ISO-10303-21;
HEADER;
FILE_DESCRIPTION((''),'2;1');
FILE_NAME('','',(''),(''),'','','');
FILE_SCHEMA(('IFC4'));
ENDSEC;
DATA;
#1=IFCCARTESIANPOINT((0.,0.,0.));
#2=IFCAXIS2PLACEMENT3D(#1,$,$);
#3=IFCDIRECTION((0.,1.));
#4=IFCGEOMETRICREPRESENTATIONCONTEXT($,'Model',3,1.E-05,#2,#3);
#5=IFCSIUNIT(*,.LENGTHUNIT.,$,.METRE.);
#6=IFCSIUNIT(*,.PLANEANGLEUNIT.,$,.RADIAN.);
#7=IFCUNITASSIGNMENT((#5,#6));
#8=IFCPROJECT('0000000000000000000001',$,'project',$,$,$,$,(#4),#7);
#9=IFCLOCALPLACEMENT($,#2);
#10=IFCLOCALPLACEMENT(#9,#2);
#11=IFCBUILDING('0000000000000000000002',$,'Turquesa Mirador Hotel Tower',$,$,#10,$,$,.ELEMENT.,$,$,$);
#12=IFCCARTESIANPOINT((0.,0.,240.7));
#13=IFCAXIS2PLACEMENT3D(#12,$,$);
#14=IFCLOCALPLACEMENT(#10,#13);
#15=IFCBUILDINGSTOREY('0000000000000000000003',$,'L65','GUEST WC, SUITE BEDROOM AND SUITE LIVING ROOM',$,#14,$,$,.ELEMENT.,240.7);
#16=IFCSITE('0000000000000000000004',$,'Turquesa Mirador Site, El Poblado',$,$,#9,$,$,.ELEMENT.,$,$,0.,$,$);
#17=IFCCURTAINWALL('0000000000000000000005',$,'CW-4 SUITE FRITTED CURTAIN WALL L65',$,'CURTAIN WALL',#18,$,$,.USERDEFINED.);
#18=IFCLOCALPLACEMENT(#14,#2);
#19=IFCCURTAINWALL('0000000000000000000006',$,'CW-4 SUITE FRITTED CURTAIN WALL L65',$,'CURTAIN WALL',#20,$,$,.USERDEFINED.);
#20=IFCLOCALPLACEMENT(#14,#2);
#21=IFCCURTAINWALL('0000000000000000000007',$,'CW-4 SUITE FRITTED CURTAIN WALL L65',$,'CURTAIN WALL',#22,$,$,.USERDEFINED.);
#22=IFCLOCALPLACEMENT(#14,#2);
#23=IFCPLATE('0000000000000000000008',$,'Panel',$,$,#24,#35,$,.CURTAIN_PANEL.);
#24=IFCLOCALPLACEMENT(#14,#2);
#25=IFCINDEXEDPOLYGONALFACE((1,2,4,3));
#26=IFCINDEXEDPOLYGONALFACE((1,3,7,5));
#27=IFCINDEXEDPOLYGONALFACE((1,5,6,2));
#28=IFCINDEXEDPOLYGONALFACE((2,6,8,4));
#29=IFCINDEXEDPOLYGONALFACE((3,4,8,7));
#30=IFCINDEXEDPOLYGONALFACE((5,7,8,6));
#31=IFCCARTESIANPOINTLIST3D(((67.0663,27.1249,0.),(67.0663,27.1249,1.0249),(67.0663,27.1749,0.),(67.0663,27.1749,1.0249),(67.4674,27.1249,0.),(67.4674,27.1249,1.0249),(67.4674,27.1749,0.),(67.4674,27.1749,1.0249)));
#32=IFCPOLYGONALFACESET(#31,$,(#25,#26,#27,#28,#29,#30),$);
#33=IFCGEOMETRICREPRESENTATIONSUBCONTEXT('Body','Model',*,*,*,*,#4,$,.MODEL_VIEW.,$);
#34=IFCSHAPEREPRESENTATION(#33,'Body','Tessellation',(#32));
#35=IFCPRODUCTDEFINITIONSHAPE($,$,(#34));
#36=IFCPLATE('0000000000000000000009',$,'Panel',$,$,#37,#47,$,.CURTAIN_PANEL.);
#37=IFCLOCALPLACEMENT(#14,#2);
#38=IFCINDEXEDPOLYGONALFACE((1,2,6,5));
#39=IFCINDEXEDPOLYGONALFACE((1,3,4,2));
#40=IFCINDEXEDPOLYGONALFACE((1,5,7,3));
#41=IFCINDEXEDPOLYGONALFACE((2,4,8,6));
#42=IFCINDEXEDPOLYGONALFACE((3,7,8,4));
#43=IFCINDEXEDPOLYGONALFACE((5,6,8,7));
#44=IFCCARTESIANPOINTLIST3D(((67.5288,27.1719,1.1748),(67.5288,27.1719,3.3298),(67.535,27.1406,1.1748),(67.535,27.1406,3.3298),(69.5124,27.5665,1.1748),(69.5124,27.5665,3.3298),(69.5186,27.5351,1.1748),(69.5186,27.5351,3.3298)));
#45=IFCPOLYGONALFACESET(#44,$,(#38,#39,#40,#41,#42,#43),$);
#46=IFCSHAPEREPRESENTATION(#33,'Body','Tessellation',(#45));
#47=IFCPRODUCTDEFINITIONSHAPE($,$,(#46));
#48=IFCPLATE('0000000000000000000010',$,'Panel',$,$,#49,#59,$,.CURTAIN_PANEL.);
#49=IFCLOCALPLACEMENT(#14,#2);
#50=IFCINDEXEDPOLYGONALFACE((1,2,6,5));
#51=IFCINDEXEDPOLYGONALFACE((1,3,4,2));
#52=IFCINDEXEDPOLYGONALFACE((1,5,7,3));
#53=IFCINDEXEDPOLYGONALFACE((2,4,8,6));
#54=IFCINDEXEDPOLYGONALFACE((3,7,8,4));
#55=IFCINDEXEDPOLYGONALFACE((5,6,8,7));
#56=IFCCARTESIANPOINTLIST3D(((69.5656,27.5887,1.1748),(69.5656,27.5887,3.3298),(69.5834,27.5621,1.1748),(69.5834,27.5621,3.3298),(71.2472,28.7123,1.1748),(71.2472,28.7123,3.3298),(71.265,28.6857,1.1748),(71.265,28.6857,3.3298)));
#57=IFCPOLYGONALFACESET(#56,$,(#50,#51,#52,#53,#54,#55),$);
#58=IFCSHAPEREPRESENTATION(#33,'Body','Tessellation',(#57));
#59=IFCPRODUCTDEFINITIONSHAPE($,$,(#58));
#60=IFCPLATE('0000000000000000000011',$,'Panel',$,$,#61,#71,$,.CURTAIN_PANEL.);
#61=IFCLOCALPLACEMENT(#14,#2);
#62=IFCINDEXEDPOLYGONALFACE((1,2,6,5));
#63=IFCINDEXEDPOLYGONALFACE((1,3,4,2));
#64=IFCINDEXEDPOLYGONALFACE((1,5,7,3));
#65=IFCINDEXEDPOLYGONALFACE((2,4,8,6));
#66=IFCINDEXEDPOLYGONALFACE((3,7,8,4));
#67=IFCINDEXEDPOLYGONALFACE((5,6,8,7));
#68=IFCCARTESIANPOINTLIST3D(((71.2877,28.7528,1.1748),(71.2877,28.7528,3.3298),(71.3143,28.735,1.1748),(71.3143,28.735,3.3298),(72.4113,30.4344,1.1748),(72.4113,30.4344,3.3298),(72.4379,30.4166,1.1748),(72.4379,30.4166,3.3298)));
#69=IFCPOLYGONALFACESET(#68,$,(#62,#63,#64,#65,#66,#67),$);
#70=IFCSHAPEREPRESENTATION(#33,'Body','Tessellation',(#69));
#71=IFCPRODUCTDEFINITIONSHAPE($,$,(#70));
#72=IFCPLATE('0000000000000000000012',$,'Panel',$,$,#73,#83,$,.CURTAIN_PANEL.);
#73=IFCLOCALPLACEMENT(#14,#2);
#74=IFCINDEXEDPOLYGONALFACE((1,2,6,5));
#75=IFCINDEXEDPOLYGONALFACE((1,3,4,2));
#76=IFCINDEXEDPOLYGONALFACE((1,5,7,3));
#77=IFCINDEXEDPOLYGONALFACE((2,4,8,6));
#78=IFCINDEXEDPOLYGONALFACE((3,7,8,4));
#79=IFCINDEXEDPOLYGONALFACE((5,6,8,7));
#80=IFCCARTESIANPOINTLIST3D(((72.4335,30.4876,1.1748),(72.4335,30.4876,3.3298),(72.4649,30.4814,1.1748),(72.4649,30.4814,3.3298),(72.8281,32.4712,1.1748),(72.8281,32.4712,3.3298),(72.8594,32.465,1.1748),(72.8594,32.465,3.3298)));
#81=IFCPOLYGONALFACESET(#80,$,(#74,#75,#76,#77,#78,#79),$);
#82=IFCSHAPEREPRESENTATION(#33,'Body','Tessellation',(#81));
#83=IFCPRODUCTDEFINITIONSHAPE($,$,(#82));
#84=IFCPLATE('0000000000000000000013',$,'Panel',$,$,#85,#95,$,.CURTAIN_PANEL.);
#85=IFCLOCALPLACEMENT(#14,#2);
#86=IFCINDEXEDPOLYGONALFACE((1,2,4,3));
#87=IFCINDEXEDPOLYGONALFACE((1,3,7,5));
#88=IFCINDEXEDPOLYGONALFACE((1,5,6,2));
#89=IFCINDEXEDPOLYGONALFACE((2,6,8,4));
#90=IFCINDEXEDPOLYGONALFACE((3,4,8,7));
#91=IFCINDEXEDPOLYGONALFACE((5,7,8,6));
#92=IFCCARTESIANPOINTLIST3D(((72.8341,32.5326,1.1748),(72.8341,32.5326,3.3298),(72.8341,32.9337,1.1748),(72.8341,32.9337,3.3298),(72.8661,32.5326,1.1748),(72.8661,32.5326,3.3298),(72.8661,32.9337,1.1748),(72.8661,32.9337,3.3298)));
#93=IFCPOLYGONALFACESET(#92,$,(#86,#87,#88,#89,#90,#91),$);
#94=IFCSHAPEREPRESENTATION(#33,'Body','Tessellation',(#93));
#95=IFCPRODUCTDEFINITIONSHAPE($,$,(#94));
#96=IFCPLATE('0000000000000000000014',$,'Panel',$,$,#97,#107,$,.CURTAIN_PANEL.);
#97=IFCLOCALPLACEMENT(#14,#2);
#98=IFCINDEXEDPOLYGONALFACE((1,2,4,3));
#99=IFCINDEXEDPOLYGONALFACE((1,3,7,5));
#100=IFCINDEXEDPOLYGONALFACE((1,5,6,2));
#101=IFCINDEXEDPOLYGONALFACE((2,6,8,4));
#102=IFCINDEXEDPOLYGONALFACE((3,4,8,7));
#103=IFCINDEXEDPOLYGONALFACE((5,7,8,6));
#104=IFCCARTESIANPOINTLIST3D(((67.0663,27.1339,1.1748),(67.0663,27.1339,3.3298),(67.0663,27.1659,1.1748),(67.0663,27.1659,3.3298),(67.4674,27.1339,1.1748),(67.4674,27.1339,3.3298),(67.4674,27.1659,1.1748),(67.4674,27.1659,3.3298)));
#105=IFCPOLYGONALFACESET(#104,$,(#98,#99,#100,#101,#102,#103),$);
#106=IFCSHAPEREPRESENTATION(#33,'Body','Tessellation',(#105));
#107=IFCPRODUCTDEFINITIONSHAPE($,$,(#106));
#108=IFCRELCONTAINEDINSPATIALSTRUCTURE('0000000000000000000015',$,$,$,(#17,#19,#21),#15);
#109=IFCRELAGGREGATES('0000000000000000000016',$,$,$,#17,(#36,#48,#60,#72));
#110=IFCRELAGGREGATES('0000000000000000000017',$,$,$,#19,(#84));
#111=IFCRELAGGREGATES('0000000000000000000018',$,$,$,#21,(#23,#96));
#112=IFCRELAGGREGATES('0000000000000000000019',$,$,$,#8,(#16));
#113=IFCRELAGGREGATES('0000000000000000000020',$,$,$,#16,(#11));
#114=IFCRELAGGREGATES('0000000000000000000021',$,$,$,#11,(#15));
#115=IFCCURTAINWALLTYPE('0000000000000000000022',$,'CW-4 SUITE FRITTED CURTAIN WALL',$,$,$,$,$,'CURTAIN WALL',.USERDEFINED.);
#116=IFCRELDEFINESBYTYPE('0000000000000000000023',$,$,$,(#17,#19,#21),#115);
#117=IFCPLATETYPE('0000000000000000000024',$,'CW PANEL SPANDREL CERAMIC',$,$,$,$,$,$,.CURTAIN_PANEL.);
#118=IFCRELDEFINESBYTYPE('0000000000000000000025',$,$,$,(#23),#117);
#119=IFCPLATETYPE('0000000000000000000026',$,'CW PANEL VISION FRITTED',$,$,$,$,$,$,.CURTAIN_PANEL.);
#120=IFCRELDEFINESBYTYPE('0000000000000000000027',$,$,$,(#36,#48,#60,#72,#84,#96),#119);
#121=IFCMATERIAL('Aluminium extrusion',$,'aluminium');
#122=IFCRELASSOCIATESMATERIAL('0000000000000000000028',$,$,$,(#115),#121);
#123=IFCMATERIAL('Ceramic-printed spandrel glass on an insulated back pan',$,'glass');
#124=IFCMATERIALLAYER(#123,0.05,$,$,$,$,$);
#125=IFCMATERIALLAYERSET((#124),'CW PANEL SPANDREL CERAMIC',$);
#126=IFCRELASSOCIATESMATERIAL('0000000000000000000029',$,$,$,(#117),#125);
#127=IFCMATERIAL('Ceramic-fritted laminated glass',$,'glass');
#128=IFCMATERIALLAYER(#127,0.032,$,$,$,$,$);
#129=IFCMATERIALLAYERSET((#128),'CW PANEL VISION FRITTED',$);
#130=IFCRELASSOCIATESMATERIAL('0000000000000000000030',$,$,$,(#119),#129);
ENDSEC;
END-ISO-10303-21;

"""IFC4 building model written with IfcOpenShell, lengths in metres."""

from ifc_helpers import new_model, si_unit, direction, frame, origin, origin_2d, place, context, subcontext, project, spatial, rectangle, extrude, material, layer, layer_set, type_object, element, aggregate, save


model = new_model("IFC4")

# Units and contexts
model_context = context("Model", 3, precision=1e-05, world=origin(), true_north=direction((0.0, 1.0)))
body_context = subcontext(model_context, "Body", "Model", "MODEL_VIEW")
ifc_project = project(units=[si_unit("LENGTHUNIT", "METRE"), si_unit("PLANEANGLEUNIT", "RADIAN")], contexts=[model_context])

# Site, building, storey
site_placement = place(None, origin())
site = spatial("IfcSite", under=ifc_project, at=site_placement, Name="Turquesa Mirador Site, El Poblado", CompositionType="ELEMENT", RefElevation=0.0)
building_placement = place(site_placement, origin())
building = spatial("IfcBuilding", under=site, at=building_placement, Name="Turquesa Mirador Hotel Tower", CompositionType="ELEMENT")
storey_placement = place(building_placement, frame((0.0, 0.0, 240.7)))
storey = spatial("IfcBuildingStorey", under=building, at=storey_placement, Name="L65", Description="GUEST WC, SUITE BEDROOM AND SUITE LIVING ROOM", CompositionType="ELEMENT", Elevation=240.7)

# Curtain walls
ifc_material_1 = material(Name="Aluminium extrusion", Category="aluminium")
curtain_wall_type = type_object("IfcCurtainWallType", Name="CW-4 SUITE FRITTED CURTAIN WALL", ElementType="CURTAIN WALL", PredefinedType="USERDEFINED", material=ifc_material_1)
curtain_wall_1_placement = place(storey_placement, origin())
curtain_wall_1 = element("IfcCurtainWall", 1, at=curtain_wall_1_placement, inside=storey, type_object=curtain_wall_type, Name="CW-4 SUITE FRITTED CURTAIN WALL L65", ObjectType="CURTAIN WALL", PredefinedType="USERDEFINED")
curtain_wall_2_placement = place(storey_placement, origin())
curtain_wall_2 = element("IfcCurtainWall", 2, at=curtain_wall_2_placement, inside=storey, type_object=curtain_wall_type, Name="CW-4 SUITE FRITTED CURTAIN WALL L65", ObjectType="CURTAIN WALL", PredefinedType="USERDEFINED")

# Curtain wall
curtain_wall_3_placement = place(storey_placement, origin())
curtain_wall_3 = element("IfcCurtainWall", 3, at=curtain_wall_3_placement, inside=storey, type_object=curtain_wall_type, Name="CW-4 SUITE FRITTED CURTAIN WALL L65", ObjectType="CURTAIN WALL", PredefinedType="USERDEFINED")

# Plates
ifc_material_2 = material(Name="Ceramic-printed spandrel glass on an insulated back pan", Category="glass")
ifc_layer_1 = layer(ifc_material_2, 0.05)
ifc_layer_set_1 = layer_set([ifc_layer_1], Name="CW PANEL SPANDREL CERAMIC")
plate_type_1 = type_object("IfcPlateType", Name="CW PANEL SPANDREL CERAMIC", PredefinedType="CURTAIN_PANEL", material=ifc_layer_set_1)
plate_1_placement = place(storey_placement, frame((67.2668, 27.1499, 0.0), z_axis=(0.0, 0.0, 1.0), x_axis=(1.0, 0.0, 0.0)))
plate_1 = element("IfcPlate", 4, at=plate_1_placement, type_object=plate_type_1, Name="Panel", PredefinedType="CURTAIN_PANEL", context=body_context, shape_type="SweptSolid", body=[
    extrude(rectangle(XDim=0.4011, YDim=0.05, at=origin_2d()), origin(), (0.0, 0.0, 1.0), 1.0249),
])
ifc_material_3 = material(Name="Ceramic-fritted laminated glass", Category="glass")
ifc_layer_2 = layer(ifc_material_3, 0.032)
ifc_layer_set_2 = layer_set([ifc_layer_2], Name="CW PANEL VISION FRITTED")
plate_type_2 = type_object("IfcPlateType", Name="CW PANEL VISION FRITTED", PredefinedType="CURTAIN_PANEL", material=ifc_layer_set_2)
plate_2_placement = place(storey_placement, frame((68.5237, 27.3535, 1.1748), z_axis=(0.0, 0.0, 1.0), x_axis=(0.980785, 0.195091, 0.0)))
plate_2 = element("IfcPlate", 5, at=plate_2_placement, type_object=plate_type_2, Name="Panel", PredefinedType="CURTAIN_PANEL", context=body_context, shape_type="SweptSolid", body=[
    extrude(rectangle(XDim=2.0225, YDim=0.032, at=origin_2d()), origin(), (0.0, 0.0, 1.0), 2.155),
])
plate_3_placement = place(storey_placement, frame((70.4153, 28.1372, 1.1748), z_axis=(0.0, 0.0, 1.0), x_axis=(0.83147, 0.55557, 0.0)))
plate_3 = element("IfcPlate", 6, at=plate_3_placement, type_object=plate_type_2, Name="Panel", PredefinedType="CURTAIN_PANEL", context=body_context, shape_type="SweptSolid", body=[
    extrude(rectangle(XDim=2.0225, YDim=0.032, at=origin_2d()), origin(), (0.0, 0.0, 1.0), 2.155),
])
plate_4_placement = place(storey_placement, frame((71.8628, 29.5847, 1.1748), z_axis=(0.0, 0.0, 1.0), x_axis=(0.55557, 0.83147, 0.0)))
plate_4 = element("IfcPlate", 7, at=plate_4_placement, type_object=plate_type_2, Name="Panel", PredefinedType="CURTAIN_PANEL", context=body_context, shape_type="SweptSolid", body=[
    extrude(rectangle(XDim=2.0225, YDim=0.032, at=origin_2d()), origin(), (0.0, 0.0, 1.0), 2.155),
])
plate_5_placement = place(storey_placement, frame((72.6465, 31.4763, 1.1748), z_axis=(0.0, 0.0, 1.0), x_axis=(0.195091, 0.980785, 0.0)))
plate_5 = element("IfcPlate", 8, at=plate_5_placement, type_object=plate_type_2, Name="Panel", PredefinedType="CURTAIN_PANEL", context=body_context, shape_type="SweptSolid", body=[
    extrude(rectangle(XDim=2.0225, YDim=0.032, at=origin_2d()), origin(), (0.0, 0.0, 1.0), 2.155),
])
aggregate(curtain_wall_1, [plate_2, plate_3, plate_4, plate_5])
plate_6_placement = place(storey_placement, frame((72.8501, 32.7332, 1.1748), z_axis=(0.0, 0.0, 1.0), x_axis=(0.0, 1.0, 0.0)))
plate_6 = element("IfcPlate", 9, at=plate_6_placement, type_object=plate_type_2, Name="Panel", PredefinedType="CURTAIN_PANEL", context=body_context, shape_type="SweptSolid", body=[
    extrude(rectangle(XDim=0.4011, YDim=0.032, at=origin_2d()), origin(), (0.0, 0.0, 1.0), 2.155),
])
aggregate(curtain_wall_2, [plate_6])
plate_7_placement = place(storey_placement, frame((67.2668, 27.1499, 1.1748), z_axis=(0.0, 0.0, 1.0), x_axis=(1.0, 0.0, 0.0)))
plate_7 = element("IfcPlate", 10, at=plate_7_placement, type_object=plate_type_2, Name="Panel", PredefinedType="CURTAIN_PANEL", context=body_context, shape_type="SweptSolid", body=[
    extrude(rectangle(XDim=0.4011, YDim=0.032, at=origin_2d()), origin(), (0.0, 0.0, 1.0), 2.155),
])
aggregate(curtain_wall_3, [plate_1, plate_7])

save(model, "model.ifc")
